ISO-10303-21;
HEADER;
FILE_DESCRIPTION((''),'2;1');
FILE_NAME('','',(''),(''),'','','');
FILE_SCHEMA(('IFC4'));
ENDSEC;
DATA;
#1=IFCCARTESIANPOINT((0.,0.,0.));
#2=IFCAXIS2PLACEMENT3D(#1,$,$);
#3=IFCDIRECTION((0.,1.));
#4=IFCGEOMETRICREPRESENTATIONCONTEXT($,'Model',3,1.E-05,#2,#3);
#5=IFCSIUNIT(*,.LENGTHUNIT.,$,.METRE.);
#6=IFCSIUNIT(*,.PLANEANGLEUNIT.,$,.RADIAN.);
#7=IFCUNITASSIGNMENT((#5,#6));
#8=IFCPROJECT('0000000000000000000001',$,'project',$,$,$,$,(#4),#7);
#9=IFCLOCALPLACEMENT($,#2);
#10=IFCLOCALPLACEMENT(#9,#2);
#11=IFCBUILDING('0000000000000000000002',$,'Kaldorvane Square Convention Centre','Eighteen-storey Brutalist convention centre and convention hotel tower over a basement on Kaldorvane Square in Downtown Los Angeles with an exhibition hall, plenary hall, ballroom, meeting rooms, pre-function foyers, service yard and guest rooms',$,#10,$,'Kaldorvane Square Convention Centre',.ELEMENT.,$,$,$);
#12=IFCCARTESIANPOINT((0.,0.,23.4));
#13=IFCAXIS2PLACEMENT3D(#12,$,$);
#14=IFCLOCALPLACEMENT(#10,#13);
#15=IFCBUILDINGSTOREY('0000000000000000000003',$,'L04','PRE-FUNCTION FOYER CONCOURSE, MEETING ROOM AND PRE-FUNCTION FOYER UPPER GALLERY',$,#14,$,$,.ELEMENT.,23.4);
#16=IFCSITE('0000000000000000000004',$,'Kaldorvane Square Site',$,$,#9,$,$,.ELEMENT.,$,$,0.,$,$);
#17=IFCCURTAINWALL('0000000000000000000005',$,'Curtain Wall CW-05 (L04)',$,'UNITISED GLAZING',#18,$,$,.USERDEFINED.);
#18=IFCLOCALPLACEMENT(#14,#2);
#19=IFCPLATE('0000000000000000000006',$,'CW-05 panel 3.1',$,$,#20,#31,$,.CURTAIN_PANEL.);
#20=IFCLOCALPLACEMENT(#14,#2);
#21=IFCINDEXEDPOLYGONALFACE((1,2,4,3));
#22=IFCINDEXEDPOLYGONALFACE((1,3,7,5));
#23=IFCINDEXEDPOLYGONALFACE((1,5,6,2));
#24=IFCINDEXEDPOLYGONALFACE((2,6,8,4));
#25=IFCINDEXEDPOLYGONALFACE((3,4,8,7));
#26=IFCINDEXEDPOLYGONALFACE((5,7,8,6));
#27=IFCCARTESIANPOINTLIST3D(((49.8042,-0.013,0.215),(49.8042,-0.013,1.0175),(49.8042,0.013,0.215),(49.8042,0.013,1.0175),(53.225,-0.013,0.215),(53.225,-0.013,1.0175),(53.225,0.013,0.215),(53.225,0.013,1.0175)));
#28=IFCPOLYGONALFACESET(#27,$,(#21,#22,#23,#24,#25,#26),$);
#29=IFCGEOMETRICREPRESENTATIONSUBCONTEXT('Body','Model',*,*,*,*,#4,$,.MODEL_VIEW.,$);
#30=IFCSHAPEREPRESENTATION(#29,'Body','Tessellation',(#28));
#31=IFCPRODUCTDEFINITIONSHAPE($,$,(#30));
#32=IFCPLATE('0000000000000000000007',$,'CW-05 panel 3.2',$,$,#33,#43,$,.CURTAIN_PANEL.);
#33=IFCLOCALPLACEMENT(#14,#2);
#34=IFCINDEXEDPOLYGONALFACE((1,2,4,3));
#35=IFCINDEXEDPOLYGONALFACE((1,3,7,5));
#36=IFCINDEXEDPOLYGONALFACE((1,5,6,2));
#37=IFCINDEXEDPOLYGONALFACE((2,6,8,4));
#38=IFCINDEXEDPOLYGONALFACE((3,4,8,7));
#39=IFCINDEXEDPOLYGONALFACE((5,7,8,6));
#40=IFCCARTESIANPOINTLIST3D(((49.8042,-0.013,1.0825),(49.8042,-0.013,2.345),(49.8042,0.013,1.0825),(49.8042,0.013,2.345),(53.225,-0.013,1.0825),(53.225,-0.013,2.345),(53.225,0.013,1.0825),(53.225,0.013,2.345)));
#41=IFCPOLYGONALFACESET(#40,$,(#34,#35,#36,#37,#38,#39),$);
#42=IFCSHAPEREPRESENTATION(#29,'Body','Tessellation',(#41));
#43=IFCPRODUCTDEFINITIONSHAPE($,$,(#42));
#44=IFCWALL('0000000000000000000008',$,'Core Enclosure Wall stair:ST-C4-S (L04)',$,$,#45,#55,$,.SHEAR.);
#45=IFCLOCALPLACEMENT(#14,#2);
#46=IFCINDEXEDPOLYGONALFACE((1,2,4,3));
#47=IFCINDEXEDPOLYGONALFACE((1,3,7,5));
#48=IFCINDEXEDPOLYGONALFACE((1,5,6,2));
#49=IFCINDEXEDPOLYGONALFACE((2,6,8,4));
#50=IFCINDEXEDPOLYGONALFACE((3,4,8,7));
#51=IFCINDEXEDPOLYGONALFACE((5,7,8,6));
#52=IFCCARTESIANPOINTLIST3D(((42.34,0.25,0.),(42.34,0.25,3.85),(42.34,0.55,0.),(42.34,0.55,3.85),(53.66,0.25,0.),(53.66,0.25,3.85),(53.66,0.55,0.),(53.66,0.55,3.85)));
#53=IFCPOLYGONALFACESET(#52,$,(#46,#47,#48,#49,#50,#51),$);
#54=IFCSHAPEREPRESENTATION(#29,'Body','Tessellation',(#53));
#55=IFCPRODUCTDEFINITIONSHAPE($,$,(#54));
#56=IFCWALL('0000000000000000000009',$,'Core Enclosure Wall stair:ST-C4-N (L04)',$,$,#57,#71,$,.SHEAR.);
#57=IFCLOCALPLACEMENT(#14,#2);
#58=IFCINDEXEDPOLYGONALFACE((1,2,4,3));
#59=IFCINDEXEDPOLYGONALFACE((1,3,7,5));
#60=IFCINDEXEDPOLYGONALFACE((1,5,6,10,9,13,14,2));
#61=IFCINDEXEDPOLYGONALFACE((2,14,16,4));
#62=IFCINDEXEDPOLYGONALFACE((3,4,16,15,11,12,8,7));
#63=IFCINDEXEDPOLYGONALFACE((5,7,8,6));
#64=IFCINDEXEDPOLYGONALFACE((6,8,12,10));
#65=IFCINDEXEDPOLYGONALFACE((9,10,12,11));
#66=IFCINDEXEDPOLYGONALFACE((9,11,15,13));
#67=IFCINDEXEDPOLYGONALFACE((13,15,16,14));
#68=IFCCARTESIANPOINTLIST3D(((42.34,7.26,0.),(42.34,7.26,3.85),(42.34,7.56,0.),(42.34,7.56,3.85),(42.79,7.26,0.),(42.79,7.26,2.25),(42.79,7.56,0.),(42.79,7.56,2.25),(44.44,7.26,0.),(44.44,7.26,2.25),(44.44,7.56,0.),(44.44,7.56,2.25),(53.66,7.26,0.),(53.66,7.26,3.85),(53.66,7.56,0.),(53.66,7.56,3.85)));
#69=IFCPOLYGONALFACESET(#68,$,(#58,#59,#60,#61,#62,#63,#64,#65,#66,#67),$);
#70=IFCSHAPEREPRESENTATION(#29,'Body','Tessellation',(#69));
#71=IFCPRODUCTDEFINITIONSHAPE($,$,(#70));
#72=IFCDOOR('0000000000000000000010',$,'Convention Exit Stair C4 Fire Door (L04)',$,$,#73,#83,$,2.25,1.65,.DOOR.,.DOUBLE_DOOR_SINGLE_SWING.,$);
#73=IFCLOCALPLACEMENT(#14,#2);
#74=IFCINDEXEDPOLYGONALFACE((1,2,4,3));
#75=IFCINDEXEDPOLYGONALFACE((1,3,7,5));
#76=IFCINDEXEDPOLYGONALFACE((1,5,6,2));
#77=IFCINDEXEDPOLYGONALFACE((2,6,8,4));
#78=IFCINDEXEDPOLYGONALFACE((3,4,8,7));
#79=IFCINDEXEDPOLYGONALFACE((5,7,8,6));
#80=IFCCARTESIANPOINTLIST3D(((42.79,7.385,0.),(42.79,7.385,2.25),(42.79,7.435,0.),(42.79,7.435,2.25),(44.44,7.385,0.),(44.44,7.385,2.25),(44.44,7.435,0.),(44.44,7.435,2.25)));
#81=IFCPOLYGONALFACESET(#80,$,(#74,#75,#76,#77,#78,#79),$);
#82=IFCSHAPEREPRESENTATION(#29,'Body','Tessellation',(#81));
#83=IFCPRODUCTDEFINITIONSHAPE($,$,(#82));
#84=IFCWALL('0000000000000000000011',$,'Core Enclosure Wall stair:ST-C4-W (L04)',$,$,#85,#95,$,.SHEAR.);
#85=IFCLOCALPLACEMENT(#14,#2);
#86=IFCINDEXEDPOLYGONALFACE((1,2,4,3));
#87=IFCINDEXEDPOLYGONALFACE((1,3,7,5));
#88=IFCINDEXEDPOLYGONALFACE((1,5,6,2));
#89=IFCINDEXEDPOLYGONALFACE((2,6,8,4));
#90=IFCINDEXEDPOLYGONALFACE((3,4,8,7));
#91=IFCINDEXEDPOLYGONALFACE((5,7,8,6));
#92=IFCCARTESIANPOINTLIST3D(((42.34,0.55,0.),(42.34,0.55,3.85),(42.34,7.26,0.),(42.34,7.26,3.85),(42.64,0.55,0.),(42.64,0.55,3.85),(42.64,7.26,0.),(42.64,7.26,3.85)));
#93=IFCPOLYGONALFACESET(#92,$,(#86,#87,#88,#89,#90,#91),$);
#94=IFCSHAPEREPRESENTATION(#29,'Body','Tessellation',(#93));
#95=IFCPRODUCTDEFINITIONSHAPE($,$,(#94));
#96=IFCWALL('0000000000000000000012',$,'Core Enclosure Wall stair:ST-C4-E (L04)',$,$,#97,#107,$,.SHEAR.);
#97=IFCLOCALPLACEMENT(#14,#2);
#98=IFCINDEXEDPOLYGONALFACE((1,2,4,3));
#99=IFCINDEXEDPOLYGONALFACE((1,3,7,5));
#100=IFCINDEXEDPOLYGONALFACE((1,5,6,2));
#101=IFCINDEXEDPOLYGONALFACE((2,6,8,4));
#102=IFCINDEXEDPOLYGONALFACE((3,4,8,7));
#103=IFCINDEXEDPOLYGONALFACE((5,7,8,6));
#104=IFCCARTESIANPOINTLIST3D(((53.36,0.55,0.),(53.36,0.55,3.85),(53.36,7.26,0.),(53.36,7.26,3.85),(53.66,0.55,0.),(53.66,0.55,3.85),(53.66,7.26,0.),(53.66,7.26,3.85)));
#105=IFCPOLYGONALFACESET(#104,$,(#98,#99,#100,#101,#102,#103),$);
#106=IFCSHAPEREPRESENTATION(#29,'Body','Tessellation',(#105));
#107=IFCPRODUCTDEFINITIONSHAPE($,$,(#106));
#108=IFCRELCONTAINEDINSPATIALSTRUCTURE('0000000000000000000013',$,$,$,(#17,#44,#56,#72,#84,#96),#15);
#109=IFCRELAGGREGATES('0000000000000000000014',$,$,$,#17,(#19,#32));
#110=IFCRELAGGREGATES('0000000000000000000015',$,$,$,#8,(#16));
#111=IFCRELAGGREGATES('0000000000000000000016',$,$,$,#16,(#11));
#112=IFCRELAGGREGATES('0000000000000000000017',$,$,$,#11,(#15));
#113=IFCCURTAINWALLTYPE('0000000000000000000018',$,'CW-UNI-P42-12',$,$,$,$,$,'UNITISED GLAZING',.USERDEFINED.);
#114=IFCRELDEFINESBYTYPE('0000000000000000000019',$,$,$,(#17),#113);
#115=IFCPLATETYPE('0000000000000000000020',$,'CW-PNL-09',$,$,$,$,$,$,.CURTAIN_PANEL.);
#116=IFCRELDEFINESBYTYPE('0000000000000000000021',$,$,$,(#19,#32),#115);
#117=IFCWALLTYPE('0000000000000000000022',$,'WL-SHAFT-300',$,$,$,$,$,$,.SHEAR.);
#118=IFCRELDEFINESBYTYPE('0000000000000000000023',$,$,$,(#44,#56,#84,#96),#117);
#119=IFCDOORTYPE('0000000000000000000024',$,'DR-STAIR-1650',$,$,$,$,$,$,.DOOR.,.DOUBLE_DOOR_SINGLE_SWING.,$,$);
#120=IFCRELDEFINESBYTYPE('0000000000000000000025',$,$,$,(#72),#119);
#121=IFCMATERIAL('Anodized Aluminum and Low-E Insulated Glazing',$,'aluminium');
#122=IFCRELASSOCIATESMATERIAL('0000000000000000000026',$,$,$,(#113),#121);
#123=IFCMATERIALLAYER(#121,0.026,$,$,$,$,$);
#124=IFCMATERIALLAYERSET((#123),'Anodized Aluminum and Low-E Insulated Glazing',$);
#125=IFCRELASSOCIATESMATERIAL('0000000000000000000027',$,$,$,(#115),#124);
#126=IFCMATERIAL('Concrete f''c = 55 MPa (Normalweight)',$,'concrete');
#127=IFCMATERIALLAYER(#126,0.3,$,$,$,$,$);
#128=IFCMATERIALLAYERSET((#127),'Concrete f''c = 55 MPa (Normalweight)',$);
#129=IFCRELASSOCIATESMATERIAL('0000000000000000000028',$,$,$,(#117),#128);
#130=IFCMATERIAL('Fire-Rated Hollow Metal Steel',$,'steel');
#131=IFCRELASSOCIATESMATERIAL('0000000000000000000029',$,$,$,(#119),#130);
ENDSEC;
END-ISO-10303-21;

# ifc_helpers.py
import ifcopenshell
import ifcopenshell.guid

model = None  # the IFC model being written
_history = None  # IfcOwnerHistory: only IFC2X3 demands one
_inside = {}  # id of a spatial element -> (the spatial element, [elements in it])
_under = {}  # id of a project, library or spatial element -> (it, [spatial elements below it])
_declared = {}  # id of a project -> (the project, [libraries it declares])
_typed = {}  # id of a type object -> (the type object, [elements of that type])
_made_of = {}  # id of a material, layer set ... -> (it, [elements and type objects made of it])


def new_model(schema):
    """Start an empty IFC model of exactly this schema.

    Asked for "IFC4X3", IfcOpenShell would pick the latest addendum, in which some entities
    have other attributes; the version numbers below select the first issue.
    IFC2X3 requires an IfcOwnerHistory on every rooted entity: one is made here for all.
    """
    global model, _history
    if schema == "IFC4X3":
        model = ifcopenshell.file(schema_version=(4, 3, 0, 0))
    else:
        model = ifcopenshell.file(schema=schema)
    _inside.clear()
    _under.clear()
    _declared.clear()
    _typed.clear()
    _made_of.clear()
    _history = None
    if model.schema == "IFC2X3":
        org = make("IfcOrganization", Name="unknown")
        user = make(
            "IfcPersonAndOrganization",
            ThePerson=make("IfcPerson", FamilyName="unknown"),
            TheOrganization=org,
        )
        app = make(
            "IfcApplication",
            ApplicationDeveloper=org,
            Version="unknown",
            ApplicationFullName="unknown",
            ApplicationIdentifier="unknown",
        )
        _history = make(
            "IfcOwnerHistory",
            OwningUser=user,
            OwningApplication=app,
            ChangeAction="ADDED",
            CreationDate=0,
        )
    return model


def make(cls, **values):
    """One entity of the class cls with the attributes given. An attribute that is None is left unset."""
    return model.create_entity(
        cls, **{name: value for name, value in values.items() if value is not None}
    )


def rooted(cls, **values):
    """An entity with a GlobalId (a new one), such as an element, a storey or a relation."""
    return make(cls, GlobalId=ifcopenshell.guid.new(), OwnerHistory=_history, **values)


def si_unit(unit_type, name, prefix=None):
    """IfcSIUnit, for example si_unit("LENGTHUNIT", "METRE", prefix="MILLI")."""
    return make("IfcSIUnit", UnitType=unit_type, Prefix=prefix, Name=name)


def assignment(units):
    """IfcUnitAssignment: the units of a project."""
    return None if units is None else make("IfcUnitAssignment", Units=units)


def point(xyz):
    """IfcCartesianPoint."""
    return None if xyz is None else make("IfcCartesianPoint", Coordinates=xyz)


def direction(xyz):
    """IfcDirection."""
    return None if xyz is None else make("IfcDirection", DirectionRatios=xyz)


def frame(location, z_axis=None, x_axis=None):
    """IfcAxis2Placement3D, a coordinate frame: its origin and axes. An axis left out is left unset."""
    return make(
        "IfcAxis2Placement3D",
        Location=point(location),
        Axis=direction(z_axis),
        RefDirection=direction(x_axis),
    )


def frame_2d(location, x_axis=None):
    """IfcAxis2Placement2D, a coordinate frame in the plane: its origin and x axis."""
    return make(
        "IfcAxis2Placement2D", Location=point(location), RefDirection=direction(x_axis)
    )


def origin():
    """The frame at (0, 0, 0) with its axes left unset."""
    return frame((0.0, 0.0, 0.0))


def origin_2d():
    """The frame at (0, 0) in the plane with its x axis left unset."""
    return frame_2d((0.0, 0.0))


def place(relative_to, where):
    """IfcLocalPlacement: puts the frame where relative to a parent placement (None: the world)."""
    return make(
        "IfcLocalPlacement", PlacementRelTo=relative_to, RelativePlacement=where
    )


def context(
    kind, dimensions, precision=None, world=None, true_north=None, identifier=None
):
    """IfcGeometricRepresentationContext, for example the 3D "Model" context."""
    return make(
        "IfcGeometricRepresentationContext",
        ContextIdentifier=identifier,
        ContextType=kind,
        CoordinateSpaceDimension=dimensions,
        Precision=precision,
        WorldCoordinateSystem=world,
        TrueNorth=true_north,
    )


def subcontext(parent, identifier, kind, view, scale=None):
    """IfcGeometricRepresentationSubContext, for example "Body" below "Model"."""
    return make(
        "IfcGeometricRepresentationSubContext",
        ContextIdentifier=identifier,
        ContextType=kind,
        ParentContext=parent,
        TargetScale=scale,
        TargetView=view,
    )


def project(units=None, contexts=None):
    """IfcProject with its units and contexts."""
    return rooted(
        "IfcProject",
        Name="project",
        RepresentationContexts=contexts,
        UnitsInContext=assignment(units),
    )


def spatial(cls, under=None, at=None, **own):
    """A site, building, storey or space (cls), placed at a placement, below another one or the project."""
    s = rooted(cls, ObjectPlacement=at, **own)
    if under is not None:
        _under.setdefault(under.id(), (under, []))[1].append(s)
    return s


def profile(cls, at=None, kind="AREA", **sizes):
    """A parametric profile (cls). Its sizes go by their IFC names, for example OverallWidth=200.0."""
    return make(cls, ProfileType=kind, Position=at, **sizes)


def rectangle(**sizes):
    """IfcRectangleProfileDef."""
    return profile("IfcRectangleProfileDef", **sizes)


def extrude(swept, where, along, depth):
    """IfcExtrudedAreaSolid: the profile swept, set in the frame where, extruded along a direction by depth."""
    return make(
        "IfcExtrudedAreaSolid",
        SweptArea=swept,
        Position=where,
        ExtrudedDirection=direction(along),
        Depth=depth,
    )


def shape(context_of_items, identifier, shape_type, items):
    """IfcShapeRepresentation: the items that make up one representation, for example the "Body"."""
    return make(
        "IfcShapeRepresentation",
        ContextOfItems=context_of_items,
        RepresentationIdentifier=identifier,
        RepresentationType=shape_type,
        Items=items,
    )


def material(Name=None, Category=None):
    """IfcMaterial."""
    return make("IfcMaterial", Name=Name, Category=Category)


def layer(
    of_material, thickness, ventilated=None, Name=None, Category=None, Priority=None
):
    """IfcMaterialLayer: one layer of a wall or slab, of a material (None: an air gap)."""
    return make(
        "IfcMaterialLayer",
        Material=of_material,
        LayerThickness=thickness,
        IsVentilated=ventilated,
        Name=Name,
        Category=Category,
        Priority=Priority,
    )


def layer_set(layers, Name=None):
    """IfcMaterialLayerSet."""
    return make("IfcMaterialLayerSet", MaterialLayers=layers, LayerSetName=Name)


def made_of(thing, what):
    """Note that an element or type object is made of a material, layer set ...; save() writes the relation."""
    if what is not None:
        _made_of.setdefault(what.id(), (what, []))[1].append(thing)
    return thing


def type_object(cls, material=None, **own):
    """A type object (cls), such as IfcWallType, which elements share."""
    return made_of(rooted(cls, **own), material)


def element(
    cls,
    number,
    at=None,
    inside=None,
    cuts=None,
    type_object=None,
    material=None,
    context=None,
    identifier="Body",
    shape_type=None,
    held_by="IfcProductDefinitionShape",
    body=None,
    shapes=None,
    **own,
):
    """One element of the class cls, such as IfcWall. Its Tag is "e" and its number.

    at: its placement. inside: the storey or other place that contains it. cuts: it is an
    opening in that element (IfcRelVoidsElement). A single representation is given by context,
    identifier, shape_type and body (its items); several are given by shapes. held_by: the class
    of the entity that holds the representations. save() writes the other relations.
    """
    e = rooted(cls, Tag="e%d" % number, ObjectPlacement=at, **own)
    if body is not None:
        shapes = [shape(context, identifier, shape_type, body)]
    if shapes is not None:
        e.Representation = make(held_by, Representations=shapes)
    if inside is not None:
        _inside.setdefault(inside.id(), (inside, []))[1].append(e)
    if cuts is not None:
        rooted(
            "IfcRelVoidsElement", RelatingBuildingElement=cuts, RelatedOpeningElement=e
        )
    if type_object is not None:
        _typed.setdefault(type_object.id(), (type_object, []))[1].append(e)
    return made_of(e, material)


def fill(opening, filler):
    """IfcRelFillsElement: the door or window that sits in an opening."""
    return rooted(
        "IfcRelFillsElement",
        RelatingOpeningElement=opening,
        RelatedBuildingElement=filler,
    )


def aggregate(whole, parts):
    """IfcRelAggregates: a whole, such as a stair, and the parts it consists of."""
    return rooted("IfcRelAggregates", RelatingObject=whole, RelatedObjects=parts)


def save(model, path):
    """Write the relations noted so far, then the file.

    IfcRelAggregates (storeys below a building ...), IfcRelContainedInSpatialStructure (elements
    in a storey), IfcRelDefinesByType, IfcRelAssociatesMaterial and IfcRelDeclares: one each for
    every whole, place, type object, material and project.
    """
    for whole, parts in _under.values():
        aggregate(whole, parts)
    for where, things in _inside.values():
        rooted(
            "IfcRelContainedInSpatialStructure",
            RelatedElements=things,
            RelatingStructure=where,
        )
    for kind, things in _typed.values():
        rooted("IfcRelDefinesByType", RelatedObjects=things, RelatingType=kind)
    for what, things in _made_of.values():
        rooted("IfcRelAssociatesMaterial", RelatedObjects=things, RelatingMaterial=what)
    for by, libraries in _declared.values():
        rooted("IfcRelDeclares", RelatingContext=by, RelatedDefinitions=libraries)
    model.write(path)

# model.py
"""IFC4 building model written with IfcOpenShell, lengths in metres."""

from ifc_helpers import new_model, si_unit, direction, frame, frame_2d, origin, origin_2d, place, context, subcontext, project, spatial, rectangle, extrude, material, layer, layer_set, type_object, element, fill, aggregate, save


model = new_model("IFC4")

# Units and contexts
model_context = context("Model", 3, precision=1e-05, world=origin(), true_north=direction((0.0, 1.0)))
body_context = subcontext(model_context, "Body", "Model", "MODEL_VIEW")
ifc_project = project(units=[si_unit("LENGTHUNIT", "METRE"), si_unit("PLANEANGLEUNIT", "RADIAN")], contexts=[model_context])

# Site, building, storey
site_placement = place(None, origin())
site = spatial("IfcSite", under=ifc_project, at=site_placement, Name="Kaldorvane Square Site", CompositionType="ELEMENT", RefElevation=0.0)
building_placement = place(site_placement, origin())
building = spatial("IfcBuilding", under=site, at=building_placement, Name="Kaldorvane Square Convention Centre", Description="Eighteen-storey Brutalist convention centre and convention hotel tower over a basement on Kaldorvane Square in Downtown Los Angeles with an exhibition hall, plenary hall, ballroom, meeting rooms, pre-function foyers, service yard and guest rooms", LongName="Kaldorvane Square Convention Centre", CompositionType="ELEMENT")
storey_placement = place(building_placement, frame((0.0, 0.0, 23.4)))
storey = spatial("IfcBuildingStorey", under=building, at=storey_placement, Name="L04", Description="PRE-FUNCTION FOYER CONCOURSE, MEETING ROOM AND PRE-FUNCTION FOYER UPPER GALLERY", CompositionType="ELEMENT", Elevation=23.4)

# Curtain wall, plates
ifc_material_1 = material(Name="Anodized Aluminum and Low-E Insulated Glazing", Category="aluminium")
curtain_wall_type = type_object("IfcCurtainWallType", Name="CW-UNI-P42-12", ElementType="UNITISED GLAZING", PredefinedType="USERDEFINED", material=ifc_material_1)
curtain_wall_placement = place(storey_placement, origin())
curtain_wall = element("IfcCurtainWall", 1, at=curtain_wall_placement, inside=storey, type_object=curtain_wall_type, Name="Curtain Wall CW-05 (L04)", ObjectType="UNITISED GLAZING", PredefinedType="USERDEFINED")
ifc_layer_1 = layer(ifc_material_1, 0.026)
ifc_layer_set_1 = layer_set([ifc_layer_1], Name="Anodized Aluminum and Low-E Insulated Glazing")
plate_type = type_object("IfcPlateType", Name="CW-PNL-09", PredefinedType="CURTAIN_PANEL", material=ifc_layer_set_1)
plate_1_placement = place(storey_placement, frame((51.5146, 0.0, 0.215), z_axis=(0.0, 0.0, 1.0), x_axis=(1.0, 0.0, 0.0)))
plate_1 = element("IfcPlate", 2, at=plate_1_placement, type_object=plate_type, Name="CW-05 panel 3.1", PredefinedType="CURTAIN_PANEL", context=body_context, shape_type="SweptSolid", body=[
    extrude(rectangle(XDim=3.4208, YDim=0.026, at=origin_2d()), origin(), (0.0, 0.0, 1.0), 0.8025),
])
plate_2_placement = place(storey_placement, frame((51.5146, 0.0, 1.0825), z_axis=(0.0, 0.0, 1.0), x_axis=(1.0, 0.0, 0.0)))
plate_2 = element("IfcPlate", 3, at=plate_2_placement, type_object=plate_type, Name="CW-05 panel 3.2", PredefinedType="CURTAIN_PANEL", context=body_context, shape_type="SweptSolid", body=[
    extrude(rectangle(XDim=3.4208, YDim=0.026, at=origin_2d()), origin(), (0.0, 0.0, 1.0), 1.2625),
])
aggregate(curtain_wall, [plate_1, plate_2])

# Wall
ifc_material_2 = material(Name="Concrete f'c = 55 MPa (Normalweight)", Category="concrete")
ifc_layer_2 = layer(ifc_material_2, 0.3)
ifc_layer_set_2 = layer_set([ifc_layer_2], Name="Concrete f'c = 55 MPa (Normalweight)")
wall_type = type_object("IfcWallType", Name="WL-SHAFT-300", PredefinedType="SHEAR", material=ifc_layer_set_2)
wall_1_placement = place(storey_placement, frame((53.66, 0.4, 0.0), z_axis=(0.0, 0.0, 1.0), x_axis=(-1.0, 0.0, 0.0)))
element("IfcWall", 4, at=wall_1_placement, inside=storey, type_object=wall_type, Name="Core Enclosure Wall stair:ST-C4-S (L04)", PredefinedType="SHEAR", context=body_context, shape_type="SweptSolid", body=[
    extrude(rectangle(XDim=11.32, YDim=0.3, at=frame_2d((5.66, 0.0))), origin(), (0.0, 0.0, 1.0), 3.85),
])

# Wall, opening, door
wall_2_placement = place(storey_placement, frame((53.66, 7.41, 0.0), z_axis=(0.0, 0.0, 1.0), x_axis=(-1.0, 0.0, 0.0)))
wall_2 = element("IfcWall", 5, at=wall_2_placement, inside=storey, type_object=wall_type, Name="Core Enclosure Wall stair:ST-C4-N (L04)", PredefinedType="SHEAR", context=body_context, shape_type="SweptSolid", body=[
    extrude(rectangle(XDim=11.32, YDim=0.3, at=frame_2d((5.66, 0.0))), origin(), (0.0, 0.0, 1.0), 3.85),
])
opening_placement = place(wall_2_placement, frame((9.22, 0.0, 0.0)))
opening = element("IfcOpeningElement", 6, at=opening_placement, cuts=wall_2, PredefinedType="OPENING", context=body_context, shape_type="SweptSolid", body=[
    extrude(rectangle(XDim=1.65, YDim=2.25, at=frame_2d((0.825, 1.125))), frame((0.0, 0.165, 0.0), z_axis=(0.0, -1.0, 0.0), x_axis=(1.0, 0.0, 0.0)), (0.0, 0.0, 1.0), 0.33),
])
ifc_material_3 = material(Name="Fire-Rated Hollow Metal Steel", Category="steel")
door_type = type_object("IfcDoorType", Name="DR-STAIR-1650", OperationType="DOUBLE_DOOR_SINGLE_SWING", PredefinedType="DOOR", material=ifc_material_3)
door_placement = place(opening_placement, origin())
door = element("IfcDoor", 7, at=door_placement, inside=storey, type_object=door_type, Name="Convention Exit Stair C4 Fire Door (L04)", OperationType="DOUBLE_DOOR_SINGLE_SWING", OverallHeight=2.25, OverallWidth=1.65, PredefinedType="DOOR", context=body_context, shape_type="SweptSolid", body=[
    extrude(rectangle(XDim=1.65, YDim=2.25, at=frame_2d((0.825, 1.125))), frame((0.0, 0.025, 0.0), z_axis=(0.0, -1.0, 0.0), x_axis=(1.0, 0.0, 0.0)), (0.0, 0.0, 1.0), 0.05),
])
fill(opening, door)

# Walls
for number, where, z_axis, x_axis, name in (
    (8, (42.49, 7.26, 0.0), (0.0, 0.0, 1.0), (0.0, -1.0, 0.0), "Core Enclosure Wall stair:ST-C4-W (L04)"),
    (9, (53.51, 0.55, 0.0), (0.0, 0.0, 1.0), (0.0, 1.0, 0.0), "Core Enclosure Wall stair:ST-C4-E (L04)"),
):
    element("IfcWall", number, at=place(storey_placement, frame(where, z_axis=z_axis, x_axis=x_axis)), inside=storey, type_object=wall_type, Name=name, PredefinedType="SHEAR", context=body_context, shape_type="SweptSolid", body=[
        extrude(rectangle(XDim=6.71, YDim=0.3, at=frame_2d((3.355, 0.0))), origin(), (0.0, 0.0, 1.0), 3.85),
    ])

save(model, "model.ifc")
